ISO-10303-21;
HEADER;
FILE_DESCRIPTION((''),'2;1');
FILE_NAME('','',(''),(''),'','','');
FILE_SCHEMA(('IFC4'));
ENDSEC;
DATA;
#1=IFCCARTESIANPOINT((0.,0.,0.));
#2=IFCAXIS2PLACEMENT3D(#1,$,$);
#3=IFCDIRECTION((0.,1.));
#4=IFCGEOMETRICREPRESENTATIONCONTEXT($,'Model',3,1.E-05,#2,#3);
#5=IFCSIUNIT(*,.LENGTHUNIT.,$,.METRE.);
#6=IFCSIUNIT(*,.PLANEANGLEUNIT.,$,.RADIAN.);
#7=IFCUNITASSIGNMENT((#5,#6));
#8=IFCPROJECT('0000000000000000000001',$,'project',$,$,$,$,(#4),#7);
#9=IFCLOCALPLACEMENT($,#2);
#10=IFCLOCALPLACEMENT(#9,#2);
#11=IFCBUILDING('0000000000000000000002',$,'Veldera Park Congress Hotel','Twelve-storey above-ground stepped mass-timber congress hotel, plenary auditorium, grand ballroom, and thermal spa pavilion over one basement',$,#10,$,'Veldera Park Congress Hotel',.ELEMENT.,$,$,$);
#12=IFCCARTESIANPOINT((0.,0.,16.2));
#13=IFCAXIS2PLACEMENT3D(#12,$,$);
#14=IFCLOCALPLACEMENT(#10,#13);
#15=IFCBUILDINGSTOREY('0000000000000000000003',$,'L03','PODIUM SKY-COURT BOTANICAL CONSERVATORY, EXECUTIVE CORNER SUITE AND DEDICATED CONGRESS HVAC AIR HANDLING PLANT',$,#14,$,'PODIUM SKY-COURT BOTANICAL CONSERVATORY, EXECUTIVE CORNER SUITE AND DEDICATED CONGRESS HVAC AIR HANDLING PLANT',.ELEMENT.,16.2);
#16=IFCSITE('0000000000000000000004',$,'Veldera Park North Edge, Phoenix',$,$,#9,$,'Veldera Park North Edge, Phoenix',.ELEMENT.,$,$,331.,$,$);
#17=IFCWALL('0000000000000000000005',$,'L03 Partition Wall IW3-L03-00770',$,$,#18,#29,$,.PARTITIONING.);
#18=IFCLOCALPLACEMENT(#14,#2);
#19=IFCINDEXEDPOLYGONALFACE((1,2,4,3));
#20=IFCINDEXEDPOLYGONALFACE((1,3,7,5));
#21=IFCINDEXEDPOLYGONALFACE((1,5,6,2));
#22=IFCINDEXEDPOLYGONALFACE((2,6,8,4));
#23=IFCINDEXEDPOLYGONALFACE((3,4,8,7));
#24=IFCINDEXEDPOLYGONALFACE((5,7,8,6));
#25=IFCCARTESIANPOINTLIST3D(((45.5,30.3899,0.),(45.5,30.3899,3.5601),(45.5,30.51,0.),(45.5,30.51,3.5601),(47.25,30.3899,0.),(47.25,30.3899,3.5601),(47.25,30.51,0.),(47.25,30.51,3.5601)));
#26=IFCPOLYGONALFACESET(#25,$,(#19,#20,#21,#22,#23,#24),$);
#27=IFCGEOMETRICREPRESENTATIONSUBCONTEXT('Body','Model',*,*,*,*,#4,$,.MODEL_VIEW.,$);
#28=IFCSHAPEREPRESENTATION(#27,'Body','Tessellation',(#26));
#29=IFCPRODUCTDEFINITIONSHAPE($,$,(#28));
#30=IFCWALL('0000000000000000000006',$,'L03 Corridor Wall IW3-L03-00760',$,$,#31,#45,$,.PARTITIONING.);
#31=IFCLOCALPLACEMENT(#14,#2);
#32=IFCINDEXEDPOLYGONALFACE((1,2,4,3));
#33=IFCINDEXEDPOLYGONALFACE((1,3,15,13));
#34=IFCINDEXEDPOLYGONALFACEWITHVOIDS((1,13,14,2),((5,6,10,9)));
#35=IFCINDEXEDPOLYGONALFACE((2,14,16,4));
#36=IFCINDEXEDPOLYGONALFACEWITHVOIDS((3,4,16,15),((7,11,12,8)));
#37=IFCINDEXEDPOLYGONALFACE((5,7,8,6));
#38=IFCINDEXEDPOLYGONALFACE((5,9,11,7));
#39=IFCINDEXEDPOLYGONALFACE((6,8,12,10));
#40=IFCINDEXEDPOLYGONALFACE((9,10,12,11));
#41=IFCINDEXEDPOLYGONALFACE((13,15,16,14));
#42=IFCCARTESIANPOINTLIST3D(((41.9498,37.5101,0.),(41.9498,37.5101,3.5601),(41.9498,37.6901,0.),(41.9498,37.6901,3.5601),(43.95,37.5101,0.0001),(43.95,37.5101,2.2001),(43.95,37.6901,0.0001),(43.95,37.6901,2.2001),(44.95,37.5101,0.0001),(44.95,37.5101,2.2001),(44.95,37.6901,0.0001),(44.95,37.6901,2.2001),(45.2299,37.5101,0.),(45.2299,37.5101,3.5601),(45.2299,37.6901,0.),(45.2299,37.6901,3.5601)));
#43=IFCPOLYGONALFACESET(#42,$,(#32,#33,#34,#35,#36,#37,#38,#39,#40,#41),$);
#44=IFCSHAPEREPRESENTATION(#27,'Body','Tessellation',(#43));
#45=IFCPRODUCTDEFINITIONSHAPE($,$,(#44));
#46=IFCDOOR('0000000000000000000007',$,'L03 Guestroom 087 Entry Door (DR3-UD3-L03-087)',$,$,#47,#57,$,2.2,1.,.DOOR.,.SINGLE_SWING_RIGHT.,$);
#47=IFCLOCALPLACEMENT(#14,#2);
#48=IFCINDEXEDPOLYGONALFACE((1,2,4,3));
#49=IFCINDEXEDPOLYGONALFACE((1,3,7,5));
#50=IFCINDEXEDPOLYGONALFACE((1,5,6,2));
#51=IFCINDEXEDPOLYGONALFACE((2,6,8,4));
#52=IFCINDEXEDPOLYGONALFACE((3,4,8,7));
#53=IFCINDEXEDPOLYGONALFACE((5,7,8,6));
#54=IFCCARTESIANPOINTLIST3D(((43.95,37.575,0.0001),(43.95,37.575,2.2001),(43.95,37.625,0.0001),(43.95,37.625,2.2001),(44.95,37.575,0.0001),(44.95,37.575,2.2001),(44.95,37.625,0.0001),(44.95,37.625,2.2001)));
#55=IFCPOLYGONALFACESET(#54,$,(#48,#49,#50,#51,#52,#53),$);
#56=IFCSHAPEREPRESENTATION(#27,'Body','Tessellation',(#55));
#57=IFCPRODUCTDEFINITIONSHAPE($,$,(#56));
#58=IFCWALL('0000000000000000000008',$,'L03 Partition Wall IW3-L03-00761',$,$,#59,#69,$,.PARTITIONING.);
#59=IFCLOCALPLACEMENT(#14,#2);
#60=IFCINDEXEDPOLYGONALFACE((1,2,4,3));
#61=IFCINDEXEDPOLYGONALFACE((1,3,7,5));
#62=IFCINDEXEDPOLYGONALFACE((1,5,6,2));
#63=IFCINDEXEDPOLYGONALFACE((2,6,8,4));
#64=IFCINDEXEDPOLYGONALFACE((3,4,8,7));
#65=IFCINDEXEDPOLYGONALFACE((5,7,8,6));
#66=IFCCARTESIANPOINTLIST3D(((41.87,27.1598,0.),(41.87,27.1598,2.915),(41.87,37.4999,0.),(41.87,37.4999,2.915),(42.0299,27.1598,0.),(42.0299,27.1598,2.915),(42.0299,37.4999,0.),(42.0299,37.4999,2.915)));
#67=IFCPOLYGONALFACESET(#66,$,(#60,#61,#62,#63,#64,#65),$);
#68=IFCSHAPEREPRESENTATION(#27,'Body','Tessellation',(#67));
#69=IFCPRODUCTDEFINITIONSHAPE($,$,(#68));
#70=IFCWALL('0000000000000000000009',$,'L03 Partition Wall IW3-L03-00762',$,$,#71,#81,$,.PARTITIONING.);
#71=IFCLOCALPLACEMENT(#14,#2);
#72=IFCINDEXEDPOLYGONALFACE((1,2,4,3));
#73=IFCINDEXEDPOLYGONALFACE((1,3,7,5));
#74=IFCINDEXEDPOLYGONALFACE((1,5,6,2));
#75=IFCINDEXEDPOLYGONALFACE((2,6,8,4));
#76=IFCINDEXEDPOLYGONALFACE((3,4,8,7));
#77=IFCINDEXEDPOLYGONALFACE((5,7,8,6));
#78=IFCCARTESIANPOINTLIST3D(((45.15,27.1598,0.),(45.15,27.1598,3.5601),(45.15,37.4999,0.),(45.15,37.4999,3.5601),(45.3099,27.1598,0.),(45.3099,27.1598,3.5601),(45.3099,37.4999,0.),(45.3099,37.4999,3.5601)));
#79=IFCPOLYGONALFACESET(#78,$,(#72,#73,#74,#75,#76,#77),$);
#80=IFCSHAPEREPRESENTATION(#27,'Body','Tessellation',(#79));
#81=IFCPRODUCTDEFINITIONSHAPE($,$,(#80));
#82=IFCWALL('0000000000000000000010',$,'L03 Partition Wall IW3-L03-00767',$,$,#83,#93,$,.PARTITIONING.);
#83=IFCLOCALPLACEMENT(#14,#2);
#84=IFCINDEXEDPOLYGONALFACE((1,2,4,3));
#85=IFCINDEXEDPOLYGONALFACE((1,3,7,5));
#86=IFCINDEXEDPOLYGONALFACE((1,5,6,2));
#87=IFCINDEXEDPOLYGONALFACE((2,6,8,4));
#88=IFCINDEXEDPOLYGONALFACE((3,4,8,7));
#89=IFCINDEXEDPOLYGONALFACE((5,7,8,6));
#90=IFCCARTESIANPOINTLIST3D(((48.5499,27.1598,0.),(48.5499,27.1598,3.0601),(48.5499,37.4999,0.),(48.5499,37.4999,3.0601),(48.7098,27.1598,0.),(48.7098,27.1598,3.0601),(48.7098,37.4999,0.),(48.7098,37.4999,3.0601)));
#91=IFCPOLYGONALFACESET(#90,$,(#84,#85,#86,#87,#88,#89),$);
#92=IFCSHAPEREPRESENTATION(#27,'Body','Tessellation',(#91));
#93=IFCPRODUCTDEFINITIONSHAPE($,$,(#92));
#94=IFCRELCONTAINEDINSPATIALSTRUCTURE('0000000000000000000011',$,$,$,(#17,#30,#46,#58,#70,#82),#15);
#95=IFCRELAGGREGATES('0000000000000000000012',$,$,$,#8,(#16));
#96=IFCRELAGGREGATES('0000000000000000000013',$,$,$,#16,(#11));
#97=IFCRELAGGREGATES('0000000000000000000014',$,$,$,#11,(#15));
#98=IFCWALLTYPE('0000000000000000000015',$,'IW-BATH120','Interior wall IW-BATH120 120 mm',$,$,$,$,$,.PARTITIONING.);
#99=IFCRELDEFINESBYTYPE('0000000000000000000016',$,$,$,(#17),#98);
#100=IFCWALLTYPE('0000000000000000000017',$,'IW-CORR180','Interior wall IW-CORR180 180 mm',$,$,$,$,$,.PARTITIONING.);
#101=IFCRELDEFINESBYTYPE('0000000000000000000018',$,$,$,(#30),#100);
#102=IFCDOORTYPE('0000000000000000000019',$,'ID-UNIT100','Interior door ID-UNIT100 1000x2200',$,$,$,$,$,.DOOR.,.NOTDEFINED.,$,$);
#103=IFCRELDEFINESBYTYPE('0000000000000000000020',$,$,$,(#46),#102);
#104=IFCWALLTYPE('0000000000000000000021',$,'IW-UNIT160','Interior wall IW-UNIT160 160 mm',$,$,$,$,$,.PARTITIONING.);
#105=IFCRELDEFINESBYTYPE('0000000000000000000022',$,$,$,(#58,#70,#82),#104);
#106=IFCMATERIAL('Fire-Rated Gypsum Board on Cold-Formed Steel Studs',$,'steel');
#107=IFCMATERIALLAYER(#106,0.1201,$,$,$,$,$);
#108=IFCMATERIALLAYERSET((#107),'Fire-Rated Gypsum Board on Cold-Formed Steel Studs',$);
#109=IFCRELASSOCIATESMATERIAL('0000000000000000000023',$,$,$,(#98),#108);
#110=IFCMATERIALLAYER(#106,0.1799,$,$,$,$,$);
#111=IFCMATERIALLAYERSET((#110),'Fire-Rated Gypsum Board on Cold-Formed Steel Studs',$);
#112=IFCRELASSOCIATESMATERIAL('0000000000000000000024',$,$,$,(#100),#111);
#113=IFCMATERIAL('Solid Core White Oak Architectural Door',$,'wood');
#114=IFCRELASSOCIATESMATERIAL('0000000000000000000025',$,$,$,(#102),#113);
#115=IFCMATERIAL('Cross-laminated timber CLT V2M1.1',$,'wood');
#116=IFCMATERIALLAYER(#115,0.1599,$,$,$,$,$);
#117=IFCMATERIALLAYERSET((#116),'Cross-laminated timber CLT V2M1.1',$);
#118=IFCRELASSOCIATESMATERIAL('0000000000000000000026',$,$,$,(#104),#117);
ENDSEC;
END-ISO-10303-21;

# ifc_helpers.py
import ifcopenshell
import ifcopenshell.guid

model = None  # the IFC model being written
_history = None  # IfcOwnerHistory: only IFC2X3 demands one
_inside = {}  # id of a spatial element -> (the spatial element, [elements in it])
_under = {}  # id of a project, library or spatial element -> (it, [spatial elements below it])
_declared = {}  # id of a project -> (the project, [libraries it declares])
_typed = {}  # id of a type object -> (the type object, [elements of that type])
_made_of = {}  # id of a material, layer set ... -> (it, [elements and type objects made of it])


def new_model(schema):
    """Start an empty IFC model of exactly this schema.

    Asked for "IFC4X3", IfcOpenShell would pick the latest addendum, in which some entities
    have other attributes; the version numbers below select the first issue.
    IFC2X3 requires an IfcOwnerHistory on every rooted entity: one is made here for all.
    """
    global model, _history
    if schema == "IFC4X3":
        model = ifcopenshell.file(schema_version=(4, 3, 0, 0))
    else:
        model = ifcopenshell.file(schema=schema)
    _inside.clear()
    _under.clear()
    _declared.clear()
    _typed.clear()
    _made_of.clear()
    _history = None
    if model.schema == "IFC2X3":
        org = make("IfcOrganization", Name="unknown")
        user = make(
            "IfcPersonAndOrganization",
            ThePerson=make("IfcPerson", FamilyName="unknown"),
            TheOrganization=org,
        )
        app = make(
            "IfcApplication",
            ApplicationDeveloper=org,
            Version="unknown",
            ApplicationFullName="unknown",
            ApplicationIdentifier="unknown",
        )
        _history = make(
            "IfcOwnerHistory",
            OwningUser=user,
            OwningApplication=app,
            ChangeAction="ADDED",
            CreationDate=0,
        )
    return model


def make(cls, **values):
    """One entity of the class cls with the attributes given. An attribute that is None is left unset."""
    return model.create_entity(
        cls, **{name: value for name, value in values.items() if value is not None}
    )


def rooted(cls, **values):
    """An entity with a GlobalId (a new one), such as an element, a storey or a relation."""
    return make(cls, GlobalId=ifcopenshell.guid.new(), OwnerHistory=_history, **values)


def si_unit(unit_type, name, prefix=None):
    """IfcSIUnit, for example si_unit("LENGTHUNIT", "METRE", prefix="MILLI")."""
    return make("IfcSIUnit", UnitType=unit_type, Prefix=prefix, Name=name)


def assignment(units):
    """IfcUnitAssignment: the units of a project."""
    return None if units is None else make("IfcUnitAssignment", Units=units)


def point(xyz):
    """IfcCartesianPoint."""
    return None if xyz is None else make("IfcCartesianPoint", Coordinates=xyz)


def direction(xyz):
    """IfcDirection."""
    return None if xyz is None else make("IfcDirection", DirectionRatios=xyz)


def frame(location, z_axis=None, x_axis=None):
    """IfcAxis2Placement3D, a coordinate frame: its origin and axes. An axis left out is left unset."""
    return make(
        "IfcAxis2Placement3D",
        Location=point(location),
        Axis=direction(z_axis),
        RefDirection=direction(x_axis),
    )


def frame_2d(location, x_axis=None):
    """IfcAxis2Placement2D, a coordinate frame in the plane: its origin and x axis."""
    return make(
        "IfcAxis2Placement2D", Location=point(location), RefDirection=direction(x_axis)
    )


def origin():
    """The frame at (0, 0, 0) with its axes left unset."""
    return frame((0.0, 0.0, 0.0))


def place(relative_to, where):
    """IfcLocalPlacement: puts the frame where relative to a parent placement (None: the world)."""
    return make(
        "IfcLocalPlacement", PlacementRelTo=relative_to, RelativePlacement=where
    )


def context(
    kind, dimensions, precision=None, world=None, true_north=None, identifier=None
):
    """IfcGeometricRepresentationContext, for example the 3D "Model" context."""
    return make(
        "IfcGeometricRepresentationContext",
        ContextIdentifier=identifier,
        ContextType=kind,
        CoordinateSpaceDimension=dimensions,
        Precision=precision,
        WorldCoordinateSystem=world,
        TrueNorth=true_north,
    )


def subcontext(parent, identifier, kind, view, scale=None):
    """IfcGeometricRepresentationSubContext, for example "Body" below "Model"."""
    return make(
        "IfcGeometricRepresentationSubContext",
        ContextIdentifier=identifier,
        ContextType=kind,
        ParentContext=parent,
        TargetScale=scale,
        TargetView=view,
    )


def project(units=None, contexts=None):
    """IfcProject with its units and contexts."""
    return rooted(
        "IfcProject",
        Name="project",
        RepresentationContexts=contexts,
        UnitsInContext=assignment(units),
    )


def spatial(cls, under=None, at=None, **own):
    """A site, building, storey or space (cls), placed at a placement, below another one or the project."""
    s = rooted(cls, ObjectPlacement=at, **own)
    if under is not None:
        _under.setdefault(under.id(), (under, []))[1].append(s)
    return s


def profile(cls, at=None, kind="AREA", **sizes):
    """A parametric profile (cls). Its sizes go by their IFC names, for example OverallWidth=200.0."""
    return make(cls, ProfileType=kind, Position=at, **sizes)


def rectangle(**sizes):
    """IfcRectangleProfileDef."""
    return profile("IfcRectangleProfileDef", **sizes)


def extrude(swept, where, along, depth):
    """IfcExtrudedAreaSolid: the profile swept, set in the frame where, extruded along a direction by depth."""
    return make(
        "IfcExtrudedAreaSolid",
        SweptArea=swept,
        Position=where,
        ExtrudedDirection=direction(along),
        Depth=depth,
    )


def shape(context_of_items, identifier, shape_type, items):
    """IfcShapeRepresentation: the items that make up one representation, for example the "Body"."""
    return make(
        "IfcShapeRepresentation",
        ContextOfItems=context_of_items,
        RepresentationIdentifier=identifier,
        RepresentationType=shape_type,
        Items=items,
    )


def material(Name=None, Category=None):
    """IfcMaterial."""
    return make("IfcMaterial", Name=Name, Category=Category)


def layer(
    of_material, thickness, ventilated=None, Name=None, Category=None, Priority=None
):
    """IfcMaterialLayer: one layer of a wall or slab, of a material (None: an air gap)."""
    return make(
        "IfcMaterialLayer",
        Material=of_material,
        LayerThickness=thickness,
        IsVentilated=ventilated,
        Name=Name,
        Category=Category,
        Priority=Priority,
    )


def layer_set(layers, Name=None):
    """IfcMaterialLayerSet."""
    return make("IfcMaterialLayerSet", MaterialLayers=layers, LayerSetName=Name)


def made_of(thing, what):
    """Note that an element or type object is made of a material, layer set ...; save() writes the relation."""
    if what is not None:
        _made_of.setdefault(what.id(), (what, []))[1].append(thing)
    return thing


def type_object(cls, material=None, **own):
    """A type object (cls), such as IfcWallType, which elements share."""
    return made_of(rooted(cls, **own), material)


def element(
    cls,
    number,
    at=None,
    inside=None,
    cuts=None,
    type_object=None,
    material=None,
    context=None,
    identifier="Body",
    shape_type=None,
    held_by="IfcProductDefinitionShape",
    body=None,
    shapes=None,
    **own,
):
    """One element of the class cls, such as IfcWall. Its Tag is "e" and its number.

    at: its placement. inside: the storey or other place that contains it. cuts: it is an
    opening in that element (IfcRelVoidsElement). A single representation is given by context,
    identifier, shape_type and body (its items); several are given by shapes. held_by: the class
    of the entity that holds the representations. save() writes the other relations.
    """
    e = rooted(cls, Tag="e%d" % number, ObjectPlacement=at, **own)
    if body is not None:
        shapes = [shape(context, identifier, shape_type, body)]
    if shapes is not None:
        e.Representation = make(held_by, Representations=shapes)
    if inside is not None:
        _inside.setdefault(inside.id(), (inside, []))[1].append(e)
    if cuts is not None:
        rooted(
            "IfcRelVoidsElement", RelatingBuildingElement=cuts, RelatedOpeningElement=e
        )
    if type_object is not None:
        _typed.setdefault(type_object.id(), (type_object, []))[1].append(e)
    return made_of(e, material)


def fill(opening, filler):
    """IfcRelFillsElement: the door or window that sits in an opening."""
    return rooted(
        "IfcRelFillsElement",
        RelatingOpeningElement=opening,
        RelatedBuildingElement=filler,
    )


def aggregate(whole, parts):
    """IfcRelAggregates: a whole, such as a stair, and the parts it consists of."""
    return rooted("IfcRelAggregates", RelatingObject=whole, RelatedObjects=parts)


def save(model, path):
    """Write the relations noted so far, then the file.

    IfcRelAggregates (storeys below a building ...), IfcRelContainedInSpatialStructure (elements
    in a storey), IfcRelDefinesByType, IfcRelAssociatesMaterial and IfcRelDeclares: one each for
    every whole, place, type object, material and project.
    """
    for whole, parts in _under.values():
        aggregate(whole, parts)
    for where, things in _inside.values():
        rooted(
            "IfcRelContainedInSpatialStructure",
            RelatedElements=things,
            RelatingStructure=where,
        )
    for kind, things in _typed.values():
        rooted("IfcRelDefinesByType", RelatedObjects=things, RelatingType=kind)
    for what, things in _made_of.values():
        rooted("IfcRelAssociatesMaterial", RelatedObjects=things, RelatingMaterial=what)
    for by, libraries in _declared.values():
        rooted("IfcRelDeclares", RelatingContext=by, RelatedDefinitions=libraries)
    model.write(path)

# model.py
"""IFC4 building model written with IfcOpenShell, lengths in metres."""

from ifc_helpers import new_model, si_unit, direction, frame, frame_2d, origin, place, context, subcontext, project, spatial, rectangle, extrude, material, layer, layer_set, type_object, element, fill, save


model = new_model("IFC4")

# Units and contexts
model_context = context("Model", 3, precision=1e-05, world=origin(), true_north=direction((0.0, 1.0)))
body_context = subcontext(model_context, "Body", "Model", "MODEL_VIEW")
ifc_project = project(units=[si_unit("LENGTHUNIT", "METRE"), si_unit("PLANEANGLEUNIT", "RADIAN")], contexts=[model_context])

# Site, building, storey
site_placement = place(None, origin())
site = spatial("IfcSite", under=ifc_project, at=site_placement, Name="Veldera Park North Edge, Phoenix", LongName="Veldera Park North Edge, Phoenix", CompositionType="ELEMENT", RefElevation=331.0)
building_placement = place(site_placement, origin())
building = spatial("IfcBuilding", under=site, at=building_placement, Name="Veldera Park Congress Hotel", Description="Twelve-storey above-ground stepped mass-timber congress hotel, plenary auditorium, grand ballroom, and thermal spa pavilion over one basement", LongName="Veldera Park Congress Hotel", CompositionType="ELEMENT")
storey_placement = place(building_placement, frame((0.0, 0.0, 16.2)))
storey = spatial("IfcBuildingStorey", under=building, at=storey_placement, Name="L03", Description="PODIUM SKY-COURT BOTANICAL CONSERVATORY, EXECUTIVE CORNER SUITE AND DEDICATED CONGRESS HVAC AIR HANDLING PLANT", LongName="PODIUM SKY-COURT BOTANICAL CONSERVATORY, EXECUTIVE CORNER SUITE AND DEDICATED CONGRESS HVAC AIR HANDLING PLANT", CompositionType="ELEMENT", Elevation=16.2)

# Shared definitions
ifc_material_1 = material(Name="Cross-laminated timber CLT V2M1.1", Category="wood")
ifc_material_2 = material(Name="Fire-Rated Gypsum Board on Cold-Formed Steel Studs", Category="steel")
ifc_layer_1 = layer(ifc_material_2, 0.1201)
ifc_layer_set_1 = layer_set([ifc_layer_1], Name="Fire-Rated Gypsum Board on Cold-Formed Steel Studs")
wall_type_1 = type_object("IfcWallType", Name="IW-BATH120", Description="Interior wall IW-BATH120 120 mm", PredefinedType="PARTITIONING", material=ifc_layer_set_1)

# Shared definitions
ifc_material_3 = material(Name="Solid Core White Oak Architectural Door", Category="wood")

# Wall
wall_1_placement = place(storey_placement, frame((45.5, 30.45, 0.0), z_axis=(0.0, 0.0, 1.0), x_axis=(1.0, 0.0, 0.0)))
element("IfcWall", 1, at=wall_1_placement, inside=storey, type_object=wall_type_1, Name="L03 Partition Wall IW3-L03-00770", PredefinedType="PARTITIONING", context=body_context, shape_type="SweptSolid", body=[
    extrude(rectangle(XDim=1.75, YDim=0.1201, at=frame_2d((0.875, 0.0))), origin(), (0.0, 0.0, 1.0), 3.5601),
])

# Wall, opening, door
ifc_layer_2 = layer(ifc_material_2, 0.1799)
ifc_layer_set_2 = layer_set([ifc_layer_2], Name="Fire-Rated Gypsum Board on Cold-Formed Steel Studs")
wall_type_2 = type_object("IfcWallType", Name="IW-CORR180", Description="Interior wall IW-CORR180 180 mm", PredefinedType="PARTITIONING", material=ifc_layer_set_2)
wall_2_placement = place(storey_placement, frame((45.23, 37.6001, 0.0), z_axis=(0.0, 0.0, 1.0), x_axis=(-1.0, 0.0, 0.0)))
wall_2 = element("IfcWall", 2, at=wall_2_placement, inside=storey, type_object=wall_type_2, Name="L03 Corridor Wall IW3-L03-00760", PredefinedType="PARTITIONING", context=body_context, shape_type="SweptSolid", body=[
    extrude(rectangle(XDim=3.28, YDim=0.1799, at=frame_2d((1.6401, 0.0))), origin(), (0.0, 0.0, 1.0), 3.5601),
])
opening_1_placement = place(wall_2_placement, frame((0.28, 0.0, 0.0)))
opening_1 = element("IfcOpeningElement", 3, at=opening_1_placement, cuts=wall_2, PredefinedType="OPENING", context=body_context, shape_type="SweptSolid", body=[
    extrude(rectangle(XDim=1.0, YDim=2.2, at=frame_2d((0.5, 1.1001))), frame((0.0, 0.1021, 0.0), z_axis=(0.0, -1.0, 0.0), x_axis=(1.0, 0.0, 0.0)), (0.0, 0.0, 1.0), 0.2039),
])
door_type_1 = type_object("IfcDoorType", Name="ID-UNIT100", Description="Interior door ID-UNIT100 1000x2200", OperationType="NOTDEFINED", PredefinedType="DOOR", material=ifc_material_3)
door_1_placement = place(opening_1_placement, frame((1.0, 0.0, 0.0), z_axis=(0.0, 0.0, 1.0), x_axis=(-1.0, 0.0, 0.0)))
door_1 = element("IfcDoor", 4, at=door_1_placement, inside=storey, type_object=door_type_1, Name="L03 Guestroom 087 Entry Door (DR3-UD3-L03-087)", OperationType="SINGLE_SWING_RIGHT", OverallHeight=2.2, OverallWidth=1.0, PredefinedType="DOOR", context=body_context, shape_type="SweptSolid", body=[
    extrude(rectangle(XDim=1.0, YDim=2.2, at=frame_2d((0.5, 1.1001))), frame((0.0, 0.0249, 0.0), z_axis=(0.0, -1.0, 0.0), x_axis=(1.0, 0.0, 0.0)), (0.0, 0.0, 1.0), 0.05),
])
fill(opening_1, door_1)

# Walls
ifc_layer_3 = layer(ifc_material_1, 0.1599)
ifc_layer_set_3 = layer_set([ifc_layer_3], Name="Cross-laminated timber CLT V2M1.1")
wall_type_3 = type_object("IfcWallType", Name="IW-UNIT160", Description="Interior wall IW-UNIT160 160 mm", PredefinedType="PARTITIONING", material=ifc_layer_set_3)
wall_3_placement = place(storey_placement, frame((41.95, 27.1599, 0.0), z_axis=(0.0, 0.0, 1.0), x_axis=(0.0, 1.0, 0.0)))
element("IfcWall", 5, at=wall_3_placement, inside=storey, type_object=wall_type_3, Name="L03 Partition Wall IW3-L03-00761", PredefinedType="PARTITIONING", context=body_context, shape_type="SweptSolid", body=[
    extrude(rectangle(XDim=10.3401, YDim=0.1599, at=frame_2d((5.1699, 0.0))), origin(), (0.0, 0.0, 1.0), 2.915),
])
wall_4_placement = place(storey_placement, frame((45.23, 27.1599, 0.0), z_axis=(0.0, 0.0, 1.0), x_axis=(0.0, 1.0, 0.0)))
element("IfcWall", 6, at=wall_4_placement, inside=storey, type_object=wall_type_3, Name="L03 Partition Wall IW3-L03-00762", PredefinedType="PARTITIONING", context=body_context, shape_type="SweptSolid", body=[
    extrude(rectangle(XDim=10.3401, YDim=0.1599, at=frame_2d((5.1699, 0.0))), origin(), (0.0, 0.0, 1.0), 3.5601),
])
wall_5_placement = place(storey_placement, frame((48.6299, 27.1599, 0.0), z_axis=(0.0, 0.0, 1.0), x_axis=(0.0, 1.0, 0.0)))
element("IfcWall", 7, at=wall_5_placement, inside=storey, type_object=wall_type_3, Name="L03 Partition Wall IW3-L03-00767", PredefinedType="PARTITIONING", context=body_context, shape_type="SweptSolid", body=[
    extrude(rectangle(XDim=10.3401, YDim=0.1599, at=frame_2d((5.1699, 0.0))), origin(), (0.0, 0.0, 1.0), 3.0601),
])

save(model, "model.ifc")
